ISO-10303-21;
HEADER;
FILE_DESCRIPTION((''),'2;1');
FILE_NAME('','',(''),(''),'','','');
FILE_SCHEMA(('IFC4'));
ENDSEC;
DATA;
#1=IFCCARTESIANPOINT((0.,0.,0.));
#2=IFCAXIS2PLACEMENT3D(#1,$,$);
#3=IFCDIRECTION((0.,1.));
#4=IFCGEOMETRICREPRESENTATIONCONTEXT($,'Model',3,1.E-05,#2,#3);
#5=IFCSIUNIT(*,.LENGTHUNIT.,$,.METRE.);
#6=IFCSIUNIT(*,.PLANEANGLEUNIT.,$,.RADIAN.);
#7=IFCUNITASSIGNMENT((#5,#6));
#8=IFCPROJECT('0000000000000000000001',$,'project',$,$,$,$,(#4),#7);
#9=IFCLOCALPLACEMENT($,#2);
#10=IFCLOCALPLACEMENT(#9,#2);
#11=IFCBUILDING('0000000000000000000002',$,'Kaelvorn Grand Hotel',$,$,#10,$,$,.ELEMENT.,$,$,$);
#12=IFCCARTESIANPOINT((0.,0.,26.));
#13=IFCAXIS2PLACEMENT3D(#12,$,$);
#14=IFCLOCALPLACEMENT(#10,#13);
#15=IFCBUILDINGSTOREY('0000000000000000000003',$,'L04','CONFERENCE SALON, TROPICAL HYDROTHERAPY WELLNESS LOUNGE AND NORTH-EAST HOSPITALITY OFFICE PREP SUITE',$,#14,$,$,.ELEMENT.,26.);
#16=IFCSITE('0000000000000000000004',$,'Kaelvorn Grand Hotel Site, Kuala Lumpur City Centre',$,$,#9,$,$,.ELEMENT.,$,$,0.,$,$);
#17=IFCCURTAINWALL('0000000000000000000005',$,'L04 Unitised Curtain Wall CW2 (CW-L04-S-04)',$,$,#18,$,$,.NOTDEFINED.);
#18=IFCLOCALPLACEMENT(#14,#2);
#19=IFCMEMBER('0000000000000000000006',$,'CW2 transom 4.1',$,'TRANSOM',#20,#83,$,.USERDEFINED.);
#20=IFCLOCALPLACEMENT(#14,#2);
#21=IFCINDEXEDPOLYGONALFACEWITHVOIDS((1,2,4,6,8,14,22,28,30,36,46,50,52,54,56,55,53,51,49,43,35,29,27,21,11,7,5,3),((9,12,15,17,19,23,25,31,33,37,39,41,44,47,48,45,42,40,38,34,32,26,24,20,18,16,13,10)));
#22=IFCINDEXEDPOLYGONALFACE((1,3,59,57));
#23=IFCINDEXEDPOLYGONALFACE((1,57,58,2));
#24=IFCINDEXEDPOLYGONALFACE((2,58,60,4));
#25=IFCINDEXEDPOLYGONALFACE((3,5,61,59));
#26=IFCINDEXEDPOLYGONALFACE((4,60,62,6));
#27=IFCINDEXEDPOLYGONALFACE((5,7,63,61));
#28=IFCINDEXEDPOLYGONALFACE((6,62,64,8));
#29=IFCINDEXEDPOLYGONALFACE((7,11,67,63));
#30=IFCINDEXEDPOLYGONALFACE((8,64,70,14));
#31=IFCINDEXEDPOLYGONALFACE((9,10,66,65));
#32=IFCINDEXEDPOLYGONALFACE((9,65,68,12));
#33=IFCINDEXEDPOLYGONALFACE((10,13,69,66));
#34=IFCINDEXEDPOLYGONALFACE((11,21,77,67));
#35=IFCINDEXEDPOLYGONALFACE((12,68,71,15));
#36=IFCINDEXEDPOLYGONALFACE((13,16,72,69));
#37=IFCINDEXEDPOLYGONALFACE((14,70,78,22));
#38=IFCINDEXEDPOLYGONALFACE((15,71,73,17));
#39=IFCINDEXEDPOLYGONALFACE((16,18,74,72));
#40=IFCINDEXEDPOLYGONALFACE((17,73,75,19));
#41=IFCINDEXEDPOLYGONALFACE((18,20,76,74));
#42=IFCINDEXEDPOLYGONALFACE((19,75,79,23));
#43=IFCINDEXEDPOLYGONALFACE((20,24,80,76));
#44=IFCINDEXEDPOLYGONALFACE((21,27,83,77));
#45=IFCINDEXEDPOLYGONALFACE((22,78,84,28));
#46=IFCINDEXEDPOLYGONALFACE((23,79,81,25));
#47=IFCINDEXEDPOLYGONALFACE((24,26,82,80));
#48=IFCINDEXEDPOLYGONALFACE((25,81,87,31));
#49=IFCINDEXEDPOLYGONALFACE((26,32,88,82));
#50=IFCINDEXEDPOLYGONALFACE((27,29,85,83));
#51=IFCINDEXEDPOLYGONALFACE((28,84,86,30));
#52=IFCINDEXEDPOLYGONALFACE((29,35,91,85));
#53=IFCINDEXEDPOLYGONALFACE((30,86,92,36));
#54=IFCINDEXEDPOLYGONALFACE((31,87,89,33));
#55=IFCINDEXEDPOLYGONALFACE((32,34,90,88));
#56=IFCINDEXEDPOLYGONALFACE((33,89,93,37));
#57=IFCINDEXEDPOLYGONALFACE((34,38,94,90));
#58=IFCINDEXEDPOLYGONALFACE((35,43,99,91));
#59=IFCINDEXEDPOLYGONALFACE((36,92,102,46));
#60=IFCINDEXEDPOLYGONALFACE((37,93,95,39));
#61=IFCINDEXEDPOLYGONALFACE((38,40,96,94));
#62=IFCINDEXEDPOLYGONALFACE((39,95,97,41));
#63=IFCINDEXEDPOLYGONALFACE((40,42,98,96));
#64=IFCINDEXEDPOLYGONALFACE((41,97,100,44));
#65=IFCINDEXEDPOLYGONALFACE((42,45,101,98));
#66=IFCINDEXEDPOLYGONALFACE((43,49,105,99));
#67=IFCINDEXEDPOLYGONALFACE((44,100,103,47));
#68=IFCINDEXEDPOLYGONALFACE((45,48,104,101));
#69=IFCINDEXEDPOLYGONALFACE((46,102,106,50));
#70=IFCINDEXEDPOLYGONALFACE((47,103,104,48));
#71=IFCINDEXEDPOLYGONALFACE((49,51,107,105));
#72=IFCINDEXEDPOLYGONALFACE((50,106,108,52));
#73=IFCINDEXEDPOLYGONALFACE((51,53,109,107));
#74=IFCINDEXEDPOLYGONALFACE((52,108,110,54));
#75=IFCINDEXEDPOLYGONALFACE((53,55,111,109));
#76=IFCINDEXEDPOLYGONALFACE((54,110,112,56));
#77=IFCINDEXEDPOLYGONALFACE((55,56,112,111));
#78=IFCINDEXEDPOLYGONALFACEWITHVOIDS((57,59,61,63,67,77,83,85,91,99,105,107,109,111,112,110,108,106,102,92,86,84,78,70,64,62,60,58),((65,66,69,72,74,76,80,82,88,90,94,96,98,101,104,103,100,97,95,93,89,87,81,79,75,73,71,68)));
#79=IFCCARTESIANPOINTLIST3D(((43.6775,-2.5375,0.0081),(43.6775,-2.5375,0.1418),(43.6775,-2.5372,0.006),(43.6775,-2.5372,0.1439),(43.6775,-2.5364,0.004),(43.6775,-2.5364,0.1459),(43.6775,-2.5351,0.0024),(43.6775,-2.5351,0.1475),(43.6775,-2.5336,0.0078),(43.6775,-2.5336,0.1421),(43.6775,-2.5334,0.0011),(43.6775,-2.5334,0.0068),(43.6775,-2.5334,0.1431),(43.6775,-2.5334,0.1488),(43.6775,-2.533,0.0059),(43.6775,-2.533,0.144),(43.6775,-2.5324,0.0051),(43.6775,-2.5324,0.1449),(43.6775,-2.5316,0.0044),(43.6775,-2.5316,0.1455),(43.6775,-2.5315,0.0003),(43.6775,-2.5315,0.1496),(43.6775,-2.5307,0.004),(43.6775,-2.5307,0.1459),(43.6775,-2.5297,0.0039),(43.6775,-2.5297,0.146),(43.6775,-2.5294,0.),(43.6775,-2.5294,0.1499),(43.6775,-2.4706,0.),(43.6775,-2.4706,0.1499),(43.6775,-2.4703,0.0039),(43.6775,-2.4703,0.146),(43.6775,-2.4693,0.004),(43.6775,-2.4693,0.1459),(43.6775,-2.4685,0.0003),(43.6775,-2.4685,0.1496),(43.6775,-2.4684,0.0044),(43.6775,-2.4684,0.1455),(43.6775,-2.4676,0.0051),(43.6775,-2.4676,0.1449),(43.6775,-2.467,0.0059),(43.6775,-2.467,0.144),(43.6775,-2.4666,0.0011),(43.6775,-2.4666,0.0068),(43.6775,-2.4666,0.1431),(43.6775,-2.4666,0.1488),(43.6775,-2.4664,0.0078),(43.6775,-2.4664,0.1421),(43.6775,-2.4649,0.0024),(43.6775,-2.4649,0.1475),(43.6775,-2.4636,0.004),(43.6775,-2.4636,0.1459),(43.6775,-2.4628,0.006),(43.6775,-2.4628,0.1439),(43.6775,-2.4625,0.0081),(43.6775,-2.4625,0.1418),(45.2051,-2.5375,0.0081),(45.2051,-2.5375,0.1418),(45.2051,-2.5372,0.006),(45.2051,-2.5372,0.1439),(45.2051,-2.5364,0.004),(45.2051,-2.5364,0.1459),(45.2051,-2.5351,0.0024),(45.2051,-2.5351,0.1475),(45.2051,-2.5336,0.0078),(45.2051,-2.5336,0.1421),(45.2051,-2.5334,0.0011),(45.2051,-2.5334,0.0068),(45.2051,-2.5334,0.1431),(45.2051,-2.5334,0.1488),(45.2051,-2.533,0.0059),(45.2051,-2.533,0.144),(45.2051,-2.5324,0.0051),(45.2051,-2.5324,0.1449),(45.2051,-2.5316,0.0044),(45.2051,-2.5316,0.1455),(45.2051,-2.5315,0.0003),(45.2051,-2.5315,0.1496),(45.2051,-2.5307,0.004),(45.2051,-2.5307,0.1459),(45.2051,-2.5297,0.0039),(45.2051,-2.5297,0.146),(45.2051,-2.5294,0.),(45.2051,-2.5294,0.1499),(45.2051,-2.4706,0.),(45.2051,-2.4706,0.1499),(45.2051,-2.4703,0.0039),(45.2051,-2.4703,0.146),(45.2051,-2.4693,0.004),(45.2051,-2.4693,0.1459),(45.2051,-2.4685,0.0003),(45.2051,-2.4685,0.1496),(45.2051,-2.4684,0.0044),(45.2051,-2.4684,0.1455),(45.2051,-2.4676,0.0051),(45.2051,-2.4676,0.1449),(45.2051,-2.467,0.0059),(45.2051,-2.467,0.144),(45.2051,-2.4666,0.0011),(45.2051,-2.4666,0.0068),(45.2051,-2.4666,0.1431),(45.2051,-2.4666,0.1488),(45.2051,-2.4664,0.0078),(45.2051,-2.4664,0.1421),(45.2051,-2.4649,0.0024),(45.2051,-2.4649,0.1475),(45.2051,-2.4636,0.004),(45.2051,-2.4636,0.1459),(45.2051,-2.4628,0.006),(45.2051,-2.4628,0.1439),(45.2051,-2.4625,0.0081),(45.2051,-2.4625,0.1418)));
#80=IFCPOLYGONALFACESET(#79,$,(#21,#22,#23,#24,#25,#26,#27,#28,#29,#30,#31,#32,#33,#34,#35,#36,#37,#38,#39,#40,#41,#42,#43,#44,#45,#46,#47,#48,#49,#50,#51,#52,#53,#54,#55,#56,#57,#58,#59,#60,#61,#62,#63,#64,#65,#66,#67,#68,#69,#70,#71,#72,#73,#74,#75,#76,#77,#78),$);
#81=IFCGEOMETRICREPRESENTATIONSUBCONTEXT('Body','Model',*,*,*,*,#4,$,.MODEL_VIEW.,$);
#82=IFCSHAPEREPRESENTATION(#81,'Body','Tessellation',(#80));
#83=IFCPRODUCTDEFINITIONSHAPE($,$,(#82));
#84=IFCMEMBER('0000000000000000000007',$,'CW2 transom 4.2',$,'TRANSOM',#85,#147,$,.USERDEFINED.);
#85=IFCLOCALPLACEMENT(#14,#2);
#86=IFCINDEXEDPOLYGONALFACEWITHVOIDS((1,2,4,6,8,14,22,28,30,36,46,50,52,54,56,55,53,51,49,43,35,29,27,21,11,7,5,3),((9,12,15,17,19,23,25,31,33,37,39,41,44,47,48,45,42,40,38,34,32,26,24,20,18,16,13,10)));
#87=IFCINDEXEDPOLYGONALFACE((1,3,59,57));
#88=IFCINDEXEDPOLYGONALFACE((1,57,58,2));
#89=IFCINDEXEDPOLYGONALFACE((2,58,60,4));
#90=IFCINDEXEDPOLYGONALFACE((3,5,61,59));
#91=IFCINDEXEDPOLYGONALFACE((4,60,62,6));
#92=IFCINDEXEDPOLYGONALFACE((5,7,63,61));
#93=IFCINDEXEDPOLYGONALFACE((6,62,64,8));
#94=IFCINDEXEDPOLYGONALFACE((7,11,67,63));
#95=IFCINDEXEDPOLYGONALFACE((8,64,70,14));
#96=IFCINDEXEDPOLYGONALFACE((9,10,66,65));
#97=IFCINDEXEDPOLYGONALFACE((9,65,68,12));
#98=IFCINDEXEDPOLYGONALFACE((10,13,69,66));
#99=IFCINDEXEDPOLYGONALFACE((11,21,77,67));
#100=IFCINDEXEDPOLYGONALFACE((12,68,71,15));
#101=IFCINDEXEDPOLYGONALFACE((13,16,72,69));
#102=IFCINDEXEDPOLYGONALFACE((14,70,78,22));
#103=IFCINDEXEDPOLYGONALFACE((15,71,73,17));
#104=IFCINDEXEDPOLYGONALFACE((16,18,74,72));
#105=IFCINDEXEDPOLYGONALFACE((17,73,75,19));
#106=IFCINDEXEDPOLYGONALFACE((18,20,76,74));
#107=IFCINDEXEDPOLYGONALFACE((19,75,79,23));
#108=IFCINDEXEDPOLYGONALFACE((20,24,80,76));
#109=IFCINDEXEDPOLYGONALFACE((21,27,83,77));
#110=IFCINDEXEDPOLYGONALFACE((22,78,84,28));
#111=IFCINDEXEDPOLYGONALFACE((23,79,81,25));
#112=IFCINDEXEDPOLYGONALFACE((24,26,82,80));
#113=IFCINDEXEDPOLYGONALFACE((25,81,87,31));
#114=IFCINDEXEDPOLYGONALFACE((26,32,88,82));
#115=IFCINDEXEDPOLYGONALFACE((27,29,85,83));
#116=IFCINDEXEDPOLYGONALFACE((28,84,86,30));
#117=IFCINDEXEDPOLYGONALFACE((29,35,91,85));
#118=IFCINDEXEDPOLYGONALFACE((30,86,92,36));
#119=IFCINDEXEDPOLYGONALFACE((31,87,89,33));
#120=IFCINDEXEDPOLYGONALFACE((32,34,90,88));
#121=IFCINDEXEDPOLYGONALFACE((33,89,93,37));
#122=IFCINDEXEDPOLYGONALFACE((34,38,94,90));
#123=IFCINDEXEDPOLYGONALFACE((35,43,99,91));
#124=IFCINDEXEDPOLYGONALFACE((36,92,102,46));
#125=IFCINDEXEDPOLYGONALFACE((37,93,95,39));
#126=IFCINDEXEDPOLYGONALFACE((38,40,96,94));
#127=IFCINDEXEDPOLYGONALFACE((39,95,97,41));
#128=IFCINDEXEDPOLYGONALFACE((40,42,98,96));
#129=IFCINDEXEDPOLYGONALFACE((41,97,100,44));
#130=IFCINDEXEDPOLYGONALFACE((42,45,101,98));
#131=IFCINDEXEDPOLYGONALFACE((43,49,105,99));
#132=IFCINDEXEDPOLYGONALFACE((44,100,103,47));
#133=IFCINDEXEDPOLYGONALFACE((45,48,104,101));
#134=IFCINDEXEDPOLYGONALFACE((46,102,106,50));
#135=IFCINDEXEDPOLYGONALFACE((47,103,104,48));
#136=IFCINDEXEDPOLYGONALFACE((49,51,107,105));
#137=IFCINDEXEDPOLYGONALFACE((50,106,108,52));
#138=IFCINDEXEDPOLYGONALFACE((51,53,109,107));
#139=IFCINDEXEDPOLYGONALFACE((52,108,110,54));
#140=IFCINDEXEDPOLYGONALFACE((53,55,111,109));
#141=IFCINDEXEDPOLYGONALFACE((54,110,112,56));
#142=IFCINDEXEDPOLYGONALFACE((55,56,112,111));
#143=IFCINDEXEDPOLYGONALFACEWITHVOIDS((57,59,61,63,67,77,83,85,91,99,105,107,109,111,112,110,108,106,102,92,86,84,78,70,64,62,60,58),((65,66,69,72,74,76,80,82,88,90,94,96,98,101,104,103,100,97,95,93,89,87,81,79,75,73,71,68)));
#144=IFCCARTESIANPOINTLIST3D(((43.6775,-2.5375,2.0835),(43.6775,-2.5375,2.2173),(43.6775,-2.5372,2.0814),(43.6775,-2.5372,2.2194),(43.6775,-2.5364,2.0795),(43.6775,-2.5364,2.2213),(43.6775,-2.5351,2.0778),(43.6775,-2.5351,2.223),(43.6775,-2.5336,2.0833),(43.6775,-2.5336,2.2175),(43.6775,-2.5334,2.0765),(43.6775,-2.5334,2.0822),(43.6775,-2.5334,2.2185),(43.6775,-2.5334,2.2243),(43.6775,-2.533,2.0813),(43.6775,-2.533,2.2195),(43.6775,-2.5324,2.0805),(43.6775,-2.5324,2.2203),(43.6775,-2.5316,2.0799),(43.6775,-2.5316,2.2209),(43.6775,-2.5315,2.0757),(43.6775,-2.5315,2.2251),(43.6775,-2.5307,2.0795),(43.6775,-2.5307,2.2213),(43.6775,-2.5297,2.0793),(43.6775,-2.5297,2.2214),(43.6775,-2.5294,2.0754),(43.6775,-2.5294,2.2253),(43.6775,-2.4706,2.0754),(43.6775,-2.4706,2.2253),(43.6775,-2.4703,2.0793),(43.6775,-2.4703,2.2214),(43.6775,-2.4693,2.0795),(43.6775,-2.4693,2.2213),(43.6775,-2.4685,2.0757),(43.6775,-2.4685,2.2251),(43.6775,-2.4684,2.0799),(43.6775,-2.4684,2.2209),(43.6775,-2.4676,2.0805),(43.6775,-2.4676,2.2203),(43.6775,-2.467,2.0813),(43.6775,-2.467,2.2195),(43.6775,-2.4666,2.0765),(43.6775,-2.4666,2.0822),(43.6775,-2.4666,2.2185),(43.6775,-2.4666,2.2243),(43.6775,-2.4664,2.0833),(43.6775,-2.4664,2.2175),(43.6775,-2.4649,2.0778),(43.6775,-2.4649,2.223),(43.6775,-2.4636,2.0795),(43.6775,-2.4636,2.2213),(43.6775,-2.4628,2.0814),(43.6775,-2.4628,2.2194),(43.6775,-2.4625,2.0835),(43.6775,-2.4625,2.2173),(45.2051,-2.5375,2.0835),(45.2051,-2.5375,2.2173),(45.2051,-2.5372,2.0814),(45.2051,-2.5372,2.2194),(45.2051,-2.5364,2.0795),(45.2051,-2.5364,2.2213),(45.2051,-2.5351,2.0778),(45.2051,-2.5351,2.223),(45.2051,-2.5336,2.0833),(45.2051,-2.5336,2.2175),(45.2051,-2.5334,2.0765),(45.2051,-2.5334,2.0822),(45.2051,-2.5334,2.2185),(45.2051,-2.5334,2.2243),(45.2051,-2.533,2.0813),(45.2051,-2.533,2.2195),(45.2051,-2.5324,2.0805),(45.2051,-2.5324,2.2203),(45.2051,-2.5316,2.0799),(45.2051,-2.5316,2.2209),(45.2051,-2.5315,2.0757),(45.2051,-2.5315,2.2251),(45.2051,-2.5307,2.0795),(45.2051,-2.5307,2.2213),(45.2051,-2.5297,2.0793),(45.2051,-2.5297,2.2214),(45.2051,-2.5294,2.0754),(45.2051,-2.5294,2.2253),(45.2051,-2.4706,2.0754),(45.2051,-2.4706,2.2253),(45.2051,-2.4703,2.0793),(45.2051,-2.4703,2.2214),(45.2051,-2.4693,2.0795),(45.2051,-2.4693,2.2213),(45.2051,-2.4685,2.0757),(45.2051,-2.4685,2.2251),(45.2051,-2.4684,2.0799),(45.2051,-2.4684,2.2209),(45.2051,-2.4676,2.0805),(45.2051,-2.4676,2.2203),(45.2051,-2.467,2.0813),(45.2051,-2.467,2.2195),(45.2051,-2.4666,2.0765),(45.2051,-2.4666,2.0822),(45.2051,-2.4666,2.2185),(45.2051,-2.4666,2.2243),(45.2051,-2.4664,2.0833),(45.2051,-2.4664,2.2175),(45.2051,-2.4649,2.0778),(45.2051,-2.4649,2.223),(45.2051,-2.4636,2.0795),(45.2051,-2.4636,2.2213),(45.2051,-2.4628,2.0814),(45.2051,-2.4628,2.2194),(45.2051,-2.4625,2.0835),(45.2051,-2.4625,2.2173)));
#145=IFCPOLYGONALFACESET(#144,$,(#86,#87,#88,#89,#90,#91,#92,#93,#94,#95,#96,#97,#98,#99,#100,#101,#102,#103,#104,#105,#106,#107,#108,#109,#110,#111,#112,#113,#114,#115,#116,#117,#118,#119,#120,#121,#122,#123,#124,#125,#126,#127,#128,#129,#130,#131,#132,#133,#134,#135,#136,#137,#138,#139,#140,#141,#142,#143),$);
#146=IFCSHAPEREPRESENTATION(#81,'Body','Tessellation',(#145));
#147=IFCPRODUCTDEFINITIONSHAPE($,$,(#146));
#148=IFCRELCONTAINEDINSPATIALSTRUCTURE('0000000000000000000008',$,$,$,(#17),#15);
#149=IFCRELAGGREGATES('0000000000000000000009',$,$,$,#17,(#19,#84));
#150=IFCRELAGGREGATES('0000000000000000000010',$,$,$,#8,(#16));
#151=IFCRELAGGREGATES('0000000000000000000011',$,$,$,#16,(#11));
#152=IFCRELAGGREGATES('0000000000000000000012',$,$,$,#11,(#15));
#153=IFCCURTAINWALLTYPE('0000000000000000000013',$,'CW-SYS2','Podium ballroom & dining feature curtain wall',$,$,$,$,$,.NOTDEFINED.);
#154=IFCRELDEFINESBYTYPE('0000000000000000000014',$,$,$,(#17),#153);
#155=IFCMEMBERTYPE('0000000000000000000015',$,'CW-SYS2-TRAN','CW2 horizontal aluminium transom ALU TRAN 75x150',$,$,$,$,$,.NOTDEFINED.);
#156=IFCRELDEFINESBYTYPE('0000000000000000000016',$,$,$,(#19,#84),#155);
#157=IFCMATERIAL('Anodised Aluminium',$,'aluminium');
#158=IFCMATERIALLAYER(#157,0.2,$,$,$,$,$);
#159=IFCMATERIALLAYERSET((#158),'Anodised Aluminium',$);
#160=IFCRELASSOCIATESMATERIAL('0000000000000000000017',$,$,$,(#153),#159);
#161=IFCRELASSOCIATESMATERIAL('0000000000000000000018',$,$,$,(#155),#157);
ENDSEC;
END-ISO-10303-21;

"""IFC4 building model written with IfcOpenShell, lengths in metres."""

from ifc_helpers import new_model, si_unit, direction, frame, origin, origin_2d, place, context, subcontext, project, spatial, hollow_rectangle, extrude, material, layer, layer_set, material_profile, profile_set, type_object, element, aggregate, save


model = new_model("IFC4")

# Units and contexts
model_context = context("Model", 3, precision=1e-05, world=origin(), true_north=direction((0.0, 1.0)))
body_context = subcontext(model_context, "Body", "Model", "MODEL_VIEW")
ifc_project = project(units=[si_unit("LENGTHUNIT", "METRE"), si_unit("PLANEANGLEUNIT", "RADIAN")], contexts=[model_context])

# Site, building, storey
site_placement = place(None, origin())
site = spatial("IfcSite", under=ifc_project, at=site_placement, Name="Kaelvorn Grand Hotel Site, Kuala Lumpur City Centre", CompositionType="ELEMENT", RefElevation=0.0)
building_placement = place(site_placement, origin())
building = spatial("IfcBuilding", under=site, at=building_placement, Name="Kaelvorn Grand Hotel", CompositionType="ELEMENT")
storey_placement = place(building_placement, frame((0.0, 0.0, 26.0)))
storey = spatial("IfcBuildingStorey", under=building, at=storey_placement, Name="L04", Description="CONFERENCE SALON, TROPICAL HYDROTHERAPY WELLNESS LOUNGE AND NORTH-EAST HOSPITALITY OFFICE PREP SUITE", CompositionType="ELEMENT", Elevation=26.0)

# Curtain wall
ifc_material_1 = material(Name="Anodised Aluminium", Category="aluminium")
ifc_layer_1 = layer(ifc_material_1, 0.2)
ifc_layer_set_1 = layer_set([ifc_layer_1], Name="Anodised Aluminium")
curtain_wall_type = type_object("IfcCurtainWallType", Name="CW-SYS2", Description="Podium ballroom & dining feature curtain wall", PredefinedType="NOTDEFINED", material=ifc_layer_set_1)
curtain_wall_1_placement = place(storey_placement, origin())
curtain_wall_1 = element("IfcCurtainWall", 1, at=curtain_wall_1_placement, inside=storey, type_object=curtain_wall_type, Name="L04 Unitised Curtain Wall CW2 (CW-L04-S-04)", PredefinedType="NOTDEFINED")

# Members
ifc_material_profile_1 = material_profile(ifc_material_1, hollow_rectangle(XDim=0.075, YDim=0.1499, WallThickness=0.0039, InnerFilletRadius=0.0039, OuterFilletRadius=0.0081, at=origin_2d()), Name="ALU TRAN 75x150")
ifc_profile_set_1 = profile_set([ifc_material_profile_1], Name="Anodised Aluminium")
member_type_1 = type_object("IfcMemberType", Name="CW-SYS2-TRAN", Description="CW2 horizontal aluminium transom ALU TRAN 75x150", PredefinedType="NOTDEFINED", material=ifc_profile_set_1)
member_1_placement = place(storey_placement, frame((43.6775, -2.5, 0.075), z_axis=(1.0, 0.0, 0.0), x_axis=(0.0, 1.0, 0.0)))
member_1 = element("IfcMember", 2, at=member_1_placement, type_object=member_type_1, Name="CW2 transom 4.1", ObjectType="TRANSOM", PredefinedType="USERDEFINED", context=body_context, shape_type="SweptSolid", body=[
    extrude(hollow_rectangle(XDim=0.075, YDim=0.1499, WallThickness=0.0039, InnerFilletRadius=0.0039, OuterFilletRadius=0.0081, at=origin_2d()), origin(), (0.0, 0.0, 1.0), 1.5276),
])
member_2_placement = place(storey_placement, frame((43.6775, -2.5, 2.1504), z_axis=(1.0, 0.0, 0.0), x_axis=(0.0, 1.0, 0.0)))
member_2 = element("IfcMember", 3, at=member_2_placement, type_object=member_type_1, Name="CW2 transom 4.2", ObjectType="TRANSOM", PredefinedType="USERDEFINED", context=body_context, shape_type="SweptSolid", body=[
    extrude(hollow_rectangle(XDim=0.075, YDim=0.1499, WallThickness=0.0039, InnerFilletRadius=0.0039, OuterFilletRadius=0.0081, at=origin_2d()), origin(), (0.0, 0.0, 1.0), 1.5276),
])

aggregate(curtain_wall_1, [member_1, member_2])

save(model, "model.ifc")
